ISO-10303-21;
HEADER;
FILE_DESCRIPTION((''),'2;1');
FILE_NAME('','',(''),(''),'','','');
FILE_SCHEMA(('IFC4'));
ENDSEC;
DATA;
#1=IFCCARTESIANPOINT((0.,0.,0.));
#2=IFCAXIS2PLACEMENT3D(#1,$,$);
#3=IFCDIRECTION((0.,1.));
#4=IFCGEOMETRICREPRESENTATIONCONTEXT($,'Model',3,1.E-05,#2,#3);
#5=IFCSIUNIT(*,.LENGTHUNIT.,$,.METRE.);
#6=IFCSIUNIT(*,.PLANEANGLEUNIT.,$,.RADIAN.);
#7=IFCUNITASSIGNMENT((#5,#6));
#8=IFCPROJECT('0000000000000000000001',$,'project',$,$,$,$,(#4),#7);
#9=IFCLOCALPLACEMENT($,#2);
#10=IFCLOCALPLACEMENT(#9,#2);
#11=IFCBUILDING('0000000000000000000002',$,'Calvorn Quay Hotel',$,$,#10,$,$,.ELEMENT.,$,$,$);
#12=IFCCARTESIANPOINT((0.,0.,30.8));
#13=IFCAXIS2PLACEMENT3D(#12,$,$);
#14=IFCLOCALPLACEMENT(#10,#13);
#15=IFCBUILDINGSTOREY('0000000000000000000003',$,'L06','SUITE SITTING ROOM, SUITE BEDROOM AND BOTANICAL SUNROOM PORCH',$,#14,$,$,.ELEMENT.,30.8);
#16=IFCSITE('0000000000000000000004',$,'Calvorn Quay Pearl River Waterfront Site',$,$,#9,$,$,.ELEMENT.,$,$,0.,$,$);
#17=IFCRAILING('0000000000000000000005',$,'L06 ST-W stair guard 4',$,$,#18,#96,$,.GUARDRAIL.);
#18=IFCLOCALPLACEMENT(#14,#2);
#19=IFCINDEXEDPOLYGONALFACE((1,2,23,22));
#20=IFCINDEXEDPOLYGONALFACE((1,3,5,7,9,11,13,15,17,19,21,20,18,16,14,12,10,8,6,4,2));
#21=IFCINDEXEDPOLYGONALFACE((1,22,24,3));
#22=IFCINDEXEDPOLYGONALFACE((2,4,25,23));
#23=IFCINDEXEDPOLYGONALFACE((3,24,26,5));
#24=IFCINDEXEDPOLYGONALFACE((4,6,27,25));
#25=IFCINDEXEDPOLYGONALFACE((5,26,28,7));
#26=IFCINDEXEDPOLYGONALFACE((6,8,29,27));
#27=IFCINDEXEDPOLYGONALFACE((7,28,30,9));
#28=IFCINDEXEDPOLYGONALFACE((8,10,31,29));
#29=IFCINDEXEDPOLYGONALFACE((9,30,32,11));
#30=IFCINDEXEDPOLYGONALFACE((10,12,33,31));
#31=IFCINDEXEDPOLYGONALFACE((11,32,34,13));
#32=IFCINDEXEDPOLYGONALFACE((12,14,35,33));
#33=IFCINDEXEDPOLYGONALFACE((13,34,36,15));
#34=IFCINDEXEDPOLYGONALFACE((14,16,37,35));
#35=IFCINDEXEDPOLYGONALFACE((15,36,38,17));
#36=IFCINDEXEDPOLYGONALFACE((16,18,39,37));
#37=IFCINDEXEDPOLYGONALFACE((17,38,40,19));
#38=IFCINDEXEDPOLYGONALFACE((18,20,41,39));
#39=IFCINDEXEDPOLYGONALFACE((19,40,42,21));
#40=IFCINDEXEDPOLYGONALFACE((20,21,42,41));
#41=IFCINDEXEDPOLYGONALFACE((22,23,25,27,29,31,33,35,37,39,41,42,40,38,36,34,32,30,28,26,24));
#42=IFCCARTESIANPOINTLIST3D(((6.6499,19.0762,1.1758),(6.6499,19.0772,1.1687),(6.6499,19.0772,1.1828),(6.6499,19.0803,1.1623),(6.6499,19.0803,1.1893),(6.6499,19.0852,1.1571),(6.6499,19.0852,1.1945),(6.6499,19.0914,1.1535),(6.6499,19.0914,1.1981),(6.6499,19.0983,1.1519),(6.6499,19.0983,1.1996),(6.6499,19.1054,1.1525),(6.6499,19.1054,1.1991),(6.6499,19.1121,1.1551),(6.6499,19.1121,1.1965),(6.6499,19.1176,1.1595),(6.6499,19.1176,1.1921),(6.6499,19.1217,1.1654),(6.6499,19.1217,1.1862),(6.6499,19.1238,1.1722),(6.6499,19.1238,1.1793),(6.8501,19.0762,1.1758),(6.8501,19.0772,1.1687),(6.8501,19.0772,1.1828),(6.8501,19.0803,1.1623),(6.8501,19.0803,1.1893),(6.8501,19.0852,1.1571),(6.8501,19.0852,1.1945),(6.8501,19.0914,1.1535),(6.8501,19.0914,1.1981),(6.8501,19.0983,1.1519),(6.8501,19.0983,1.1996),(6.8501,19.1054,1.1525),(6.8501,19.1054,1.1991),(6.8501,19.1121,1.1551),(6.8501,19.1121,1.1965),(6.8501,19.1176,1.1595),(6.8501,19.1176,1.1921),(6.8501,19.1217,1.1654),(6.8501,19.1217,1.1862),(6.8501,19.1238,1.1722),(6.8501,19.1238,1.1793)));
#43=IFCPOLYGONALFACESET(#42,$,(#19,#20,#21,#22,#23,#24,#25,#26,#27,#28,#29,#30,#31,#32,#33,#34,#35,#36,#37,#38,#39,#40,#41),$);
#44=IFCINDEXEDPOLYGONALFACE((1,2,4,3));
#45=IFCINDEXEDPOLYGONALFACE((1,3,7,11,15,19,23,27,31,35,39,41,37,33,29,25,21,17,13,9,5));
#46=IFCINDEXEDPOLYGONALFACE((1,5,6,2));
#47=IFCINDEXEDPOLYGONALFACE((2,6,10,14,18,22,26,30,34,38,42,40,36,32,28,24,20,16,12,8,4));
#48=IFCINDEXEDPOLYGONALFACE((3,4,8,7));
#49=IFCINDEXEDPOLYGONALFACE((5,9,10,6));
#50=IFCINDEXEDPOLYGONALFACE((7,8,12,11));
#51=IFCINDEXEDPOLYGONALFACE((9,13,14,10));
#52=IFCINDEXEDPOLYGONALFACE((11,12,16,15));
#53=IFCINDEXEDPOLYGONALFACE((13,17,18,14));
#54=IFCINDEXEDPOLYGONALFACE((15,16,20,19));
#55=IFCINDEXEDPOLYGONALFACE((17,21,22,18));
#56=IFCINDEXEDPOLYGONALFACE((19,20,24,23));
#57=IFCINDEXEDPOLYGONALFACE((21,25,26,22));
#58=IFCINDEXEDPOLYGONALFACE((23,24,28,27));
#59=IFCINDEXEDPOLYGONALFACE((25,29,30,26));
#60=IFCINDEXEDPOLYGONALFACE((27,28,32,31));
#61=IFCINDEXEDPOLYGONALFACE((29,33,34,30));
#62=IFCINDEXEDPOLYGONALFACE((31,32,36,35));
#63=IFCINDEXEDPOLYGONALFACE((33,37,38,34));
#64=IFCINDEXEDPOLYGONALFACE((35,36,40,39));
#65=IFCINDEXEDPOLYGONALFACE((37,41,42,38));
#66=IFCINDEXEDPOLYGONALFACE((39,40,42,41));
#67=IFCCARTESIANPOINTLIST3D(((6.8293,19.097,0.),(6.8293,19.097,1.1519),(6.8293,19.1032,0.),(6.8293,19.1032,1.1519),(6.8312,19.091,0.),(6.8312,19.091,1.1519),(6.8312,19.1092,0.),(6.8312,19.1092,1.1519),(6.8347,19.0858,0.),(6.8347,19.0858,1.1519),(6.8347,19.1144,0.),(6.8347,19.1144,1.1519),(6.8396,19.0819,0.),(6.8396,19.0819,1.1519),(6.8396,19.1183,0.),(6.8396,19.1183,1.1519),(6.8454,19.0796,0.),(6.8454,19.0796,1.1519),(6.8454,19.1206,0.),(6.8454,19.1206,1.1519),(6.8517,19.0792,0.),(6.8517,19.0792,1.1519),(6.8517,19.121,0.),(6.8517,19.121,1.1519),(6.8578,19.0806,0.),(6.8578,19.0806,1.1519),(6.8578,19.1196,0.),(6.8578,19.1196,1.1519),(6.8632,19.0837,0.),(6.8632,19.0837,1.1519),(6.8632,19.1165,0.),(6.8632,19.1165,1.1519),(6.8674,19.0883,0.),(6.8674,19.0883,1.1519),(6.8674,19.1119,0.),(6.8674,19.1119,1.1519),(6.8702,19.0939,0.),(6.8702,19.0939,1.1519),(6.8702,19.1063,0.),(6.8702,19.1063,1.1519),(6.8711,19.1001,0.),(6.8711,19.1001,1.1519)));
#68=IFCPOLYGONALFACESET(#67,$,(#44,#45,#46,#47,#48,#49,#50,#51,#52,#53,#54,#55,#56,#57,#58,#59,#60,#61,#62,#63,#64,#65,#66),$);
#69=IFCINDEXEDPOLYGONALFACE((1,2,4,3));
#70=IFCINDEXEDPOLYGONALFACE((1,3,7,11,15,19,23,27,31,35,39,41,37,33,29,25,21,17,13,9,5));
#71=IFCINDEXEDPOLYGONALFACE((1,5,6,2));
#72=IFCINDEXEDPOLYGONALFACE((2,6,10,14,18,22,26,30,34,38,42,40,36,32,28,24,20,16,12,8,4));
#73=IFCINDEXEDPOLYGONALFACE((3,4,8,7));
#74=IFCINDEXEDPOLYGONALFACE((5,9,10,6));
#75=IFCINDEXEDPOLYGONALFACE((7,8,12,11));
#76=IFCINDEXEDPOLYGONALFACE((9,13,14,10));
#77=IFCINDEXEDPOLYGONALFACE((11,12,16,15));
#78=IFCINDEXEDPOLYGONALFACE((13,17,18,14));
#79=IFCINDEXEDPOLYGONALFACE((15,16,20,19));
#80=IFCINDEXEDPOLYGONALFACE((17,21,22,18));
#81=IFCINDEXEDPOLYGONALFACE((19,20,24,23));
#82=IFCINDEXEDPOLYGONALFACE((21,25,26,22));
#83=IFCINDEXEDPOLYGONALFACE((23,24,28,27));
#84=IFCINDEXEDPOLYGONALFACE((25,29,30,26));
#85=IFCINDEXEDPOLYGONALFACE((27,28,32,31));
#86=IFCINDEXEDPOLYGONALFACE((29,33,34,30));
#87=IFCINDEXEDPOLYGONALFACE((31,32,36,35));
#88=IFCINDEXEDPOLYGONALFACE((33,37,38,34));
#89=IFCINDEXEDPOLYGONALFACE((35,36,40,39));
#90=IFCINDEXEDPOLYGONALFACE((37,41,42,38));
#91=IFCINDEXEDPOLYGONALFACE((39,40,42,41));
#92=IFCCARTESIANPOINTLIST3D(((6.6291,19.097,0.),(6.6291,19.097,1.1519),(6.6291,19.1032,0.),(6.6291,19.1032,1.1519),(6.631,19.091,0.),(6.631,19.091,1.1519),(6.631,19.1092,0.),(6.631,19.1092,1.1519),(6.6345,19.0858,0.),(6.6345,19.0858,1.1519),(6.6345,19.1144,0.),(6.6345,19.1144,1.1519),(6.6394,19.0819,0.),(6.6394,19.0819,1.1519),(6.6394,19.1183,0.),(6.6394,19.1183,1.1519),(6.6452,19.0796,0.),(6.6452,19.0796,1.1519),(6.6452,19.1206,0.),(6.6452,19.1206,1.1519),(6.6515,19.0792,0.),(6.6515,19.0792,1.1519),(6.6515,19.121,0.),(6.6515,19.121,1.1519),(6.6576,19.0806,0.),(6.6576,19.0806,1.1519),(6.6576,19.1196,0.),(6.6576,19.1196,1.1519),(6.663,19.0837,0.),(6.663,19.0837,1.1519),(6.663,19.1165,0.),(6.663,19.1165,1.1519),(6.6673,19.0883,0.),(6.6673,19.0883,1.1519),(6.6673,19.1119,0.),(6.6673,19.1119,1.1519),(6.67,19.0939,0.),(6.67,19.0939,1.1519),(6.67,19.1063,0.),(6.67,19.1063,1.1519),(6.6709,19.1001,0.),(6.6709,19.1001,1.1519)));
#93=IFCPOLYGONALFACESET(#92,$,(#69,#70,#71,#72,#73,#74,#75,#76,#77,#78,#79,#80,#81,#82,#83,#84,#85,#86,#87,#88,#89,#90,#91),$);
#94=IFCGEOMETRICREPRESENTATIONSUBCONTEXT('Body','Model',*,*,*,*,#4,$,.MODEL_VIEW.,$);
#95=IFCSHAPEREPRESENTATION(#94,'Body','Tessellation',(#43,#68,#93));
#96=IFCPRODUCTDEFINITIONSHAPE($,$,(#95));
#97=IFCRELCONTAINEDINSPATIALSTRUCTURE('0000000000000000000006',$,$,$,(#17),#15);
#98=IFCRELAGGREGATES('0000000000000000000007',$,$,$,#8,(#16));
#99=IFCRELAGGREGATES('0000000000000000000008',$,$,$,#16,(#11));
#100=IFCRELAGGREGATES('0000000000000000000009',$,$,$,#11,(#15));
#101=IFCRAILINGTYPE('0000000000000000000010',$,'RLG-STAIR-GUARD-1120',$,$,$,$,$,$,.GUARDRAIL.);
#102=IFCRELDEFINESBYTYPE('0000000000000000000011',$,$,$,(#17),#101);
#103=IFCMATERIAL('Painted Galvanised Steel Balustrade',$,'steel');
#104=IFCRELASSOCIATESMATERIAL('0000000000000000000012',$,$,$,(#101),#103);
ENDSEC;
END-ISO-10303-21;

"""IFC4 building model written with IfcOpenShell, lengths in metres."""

from ifc_helpers import new_model, si_unit, direction, frame, origin, origin_2d, place, context, subcontext, project, spatial, circle, extrude, material, type_object, element, save


model = new_model("IFC4")

# Units and contexts
model_context = context("Model", 3, precision=1e-05, world=origin(), true_north=direction((0.0, 1.0)))
body_context = subcontext(model_context, "Body", "Model", "MODEL_VIEW")
ifc_project = project(units=[si_unit("LENGTHUNIT", "METRE"), si_unit("PLANEANGLEUNIT", "RADIAN")], contexts=[model_context])

# Site, building, storey
site_placement = place(None, origin())
site = spatial("IfcSite", under=ifc_project, at=site_placement, Name="Calvorn Quay Pearl River Waterfront Site", CompositionType="ELEMENT", RefElevation=0.0)
building_placement = place(site_placement, origin())
building = spatial("IfcBuilding", under=site, at=building_placement, Name="Calvorn Quay Hotel", CompositionType="ELEMENT")
storey_placement = place(building_placement, frame((0.0, 0.0, 30.8)))
storey = spatial("IfcBuildingStorey", under=building, at=storey_placement, Name="L06", Description="SUITE SITTING ROOM, SUITE BEDROOM AND BOTANICAL SUNROOM PORCH", CompositionType="ELEMENT", Elevation=30.8)

# Railing
ifc_material_1 = material(Name="Painted Galvanised Steel Balustrade", Category="steel")
railing_type_1 = type_object("IfcRailingType", Name="RLG-STAIR-GUARD-1120", PredefinedType="GUARDRAIL", material=ifc_material_1)
railing_1_placement = place(storey_placement, frame((6.8501, 19.1001, 0.0)))
element("IfcRailing", 1, at=railing_1_placement, inside=storey, type_object=railing_type_1, Name="L06 ST-W stair guard 4", PredefinedType="GUARDRAIL", context=body_context, shape_type="SweptSolid", body=[
    extrude(circle(Radius=0.0239, at=origin_2d()), frame((0.0, 0.0, 1.1758), z_axis=(-1.0, 0.0, 0.0), x_axis=(0.0, -1.0, 0.0)), (0.0, 0.0, 1.0), 0.2002),
    extrude(circle(Radius=0.021, at=origin_2d()), origin(), (0.0, 0.0, 1.0), 1.1519),
    extrude(circle(Radius=0.021, at=origin_2d()), frame((-0.2002, 0.0, 0.0)), (0.0, 0.0, 1.0), 1.1519),
])

save(model, "model.ifc")
